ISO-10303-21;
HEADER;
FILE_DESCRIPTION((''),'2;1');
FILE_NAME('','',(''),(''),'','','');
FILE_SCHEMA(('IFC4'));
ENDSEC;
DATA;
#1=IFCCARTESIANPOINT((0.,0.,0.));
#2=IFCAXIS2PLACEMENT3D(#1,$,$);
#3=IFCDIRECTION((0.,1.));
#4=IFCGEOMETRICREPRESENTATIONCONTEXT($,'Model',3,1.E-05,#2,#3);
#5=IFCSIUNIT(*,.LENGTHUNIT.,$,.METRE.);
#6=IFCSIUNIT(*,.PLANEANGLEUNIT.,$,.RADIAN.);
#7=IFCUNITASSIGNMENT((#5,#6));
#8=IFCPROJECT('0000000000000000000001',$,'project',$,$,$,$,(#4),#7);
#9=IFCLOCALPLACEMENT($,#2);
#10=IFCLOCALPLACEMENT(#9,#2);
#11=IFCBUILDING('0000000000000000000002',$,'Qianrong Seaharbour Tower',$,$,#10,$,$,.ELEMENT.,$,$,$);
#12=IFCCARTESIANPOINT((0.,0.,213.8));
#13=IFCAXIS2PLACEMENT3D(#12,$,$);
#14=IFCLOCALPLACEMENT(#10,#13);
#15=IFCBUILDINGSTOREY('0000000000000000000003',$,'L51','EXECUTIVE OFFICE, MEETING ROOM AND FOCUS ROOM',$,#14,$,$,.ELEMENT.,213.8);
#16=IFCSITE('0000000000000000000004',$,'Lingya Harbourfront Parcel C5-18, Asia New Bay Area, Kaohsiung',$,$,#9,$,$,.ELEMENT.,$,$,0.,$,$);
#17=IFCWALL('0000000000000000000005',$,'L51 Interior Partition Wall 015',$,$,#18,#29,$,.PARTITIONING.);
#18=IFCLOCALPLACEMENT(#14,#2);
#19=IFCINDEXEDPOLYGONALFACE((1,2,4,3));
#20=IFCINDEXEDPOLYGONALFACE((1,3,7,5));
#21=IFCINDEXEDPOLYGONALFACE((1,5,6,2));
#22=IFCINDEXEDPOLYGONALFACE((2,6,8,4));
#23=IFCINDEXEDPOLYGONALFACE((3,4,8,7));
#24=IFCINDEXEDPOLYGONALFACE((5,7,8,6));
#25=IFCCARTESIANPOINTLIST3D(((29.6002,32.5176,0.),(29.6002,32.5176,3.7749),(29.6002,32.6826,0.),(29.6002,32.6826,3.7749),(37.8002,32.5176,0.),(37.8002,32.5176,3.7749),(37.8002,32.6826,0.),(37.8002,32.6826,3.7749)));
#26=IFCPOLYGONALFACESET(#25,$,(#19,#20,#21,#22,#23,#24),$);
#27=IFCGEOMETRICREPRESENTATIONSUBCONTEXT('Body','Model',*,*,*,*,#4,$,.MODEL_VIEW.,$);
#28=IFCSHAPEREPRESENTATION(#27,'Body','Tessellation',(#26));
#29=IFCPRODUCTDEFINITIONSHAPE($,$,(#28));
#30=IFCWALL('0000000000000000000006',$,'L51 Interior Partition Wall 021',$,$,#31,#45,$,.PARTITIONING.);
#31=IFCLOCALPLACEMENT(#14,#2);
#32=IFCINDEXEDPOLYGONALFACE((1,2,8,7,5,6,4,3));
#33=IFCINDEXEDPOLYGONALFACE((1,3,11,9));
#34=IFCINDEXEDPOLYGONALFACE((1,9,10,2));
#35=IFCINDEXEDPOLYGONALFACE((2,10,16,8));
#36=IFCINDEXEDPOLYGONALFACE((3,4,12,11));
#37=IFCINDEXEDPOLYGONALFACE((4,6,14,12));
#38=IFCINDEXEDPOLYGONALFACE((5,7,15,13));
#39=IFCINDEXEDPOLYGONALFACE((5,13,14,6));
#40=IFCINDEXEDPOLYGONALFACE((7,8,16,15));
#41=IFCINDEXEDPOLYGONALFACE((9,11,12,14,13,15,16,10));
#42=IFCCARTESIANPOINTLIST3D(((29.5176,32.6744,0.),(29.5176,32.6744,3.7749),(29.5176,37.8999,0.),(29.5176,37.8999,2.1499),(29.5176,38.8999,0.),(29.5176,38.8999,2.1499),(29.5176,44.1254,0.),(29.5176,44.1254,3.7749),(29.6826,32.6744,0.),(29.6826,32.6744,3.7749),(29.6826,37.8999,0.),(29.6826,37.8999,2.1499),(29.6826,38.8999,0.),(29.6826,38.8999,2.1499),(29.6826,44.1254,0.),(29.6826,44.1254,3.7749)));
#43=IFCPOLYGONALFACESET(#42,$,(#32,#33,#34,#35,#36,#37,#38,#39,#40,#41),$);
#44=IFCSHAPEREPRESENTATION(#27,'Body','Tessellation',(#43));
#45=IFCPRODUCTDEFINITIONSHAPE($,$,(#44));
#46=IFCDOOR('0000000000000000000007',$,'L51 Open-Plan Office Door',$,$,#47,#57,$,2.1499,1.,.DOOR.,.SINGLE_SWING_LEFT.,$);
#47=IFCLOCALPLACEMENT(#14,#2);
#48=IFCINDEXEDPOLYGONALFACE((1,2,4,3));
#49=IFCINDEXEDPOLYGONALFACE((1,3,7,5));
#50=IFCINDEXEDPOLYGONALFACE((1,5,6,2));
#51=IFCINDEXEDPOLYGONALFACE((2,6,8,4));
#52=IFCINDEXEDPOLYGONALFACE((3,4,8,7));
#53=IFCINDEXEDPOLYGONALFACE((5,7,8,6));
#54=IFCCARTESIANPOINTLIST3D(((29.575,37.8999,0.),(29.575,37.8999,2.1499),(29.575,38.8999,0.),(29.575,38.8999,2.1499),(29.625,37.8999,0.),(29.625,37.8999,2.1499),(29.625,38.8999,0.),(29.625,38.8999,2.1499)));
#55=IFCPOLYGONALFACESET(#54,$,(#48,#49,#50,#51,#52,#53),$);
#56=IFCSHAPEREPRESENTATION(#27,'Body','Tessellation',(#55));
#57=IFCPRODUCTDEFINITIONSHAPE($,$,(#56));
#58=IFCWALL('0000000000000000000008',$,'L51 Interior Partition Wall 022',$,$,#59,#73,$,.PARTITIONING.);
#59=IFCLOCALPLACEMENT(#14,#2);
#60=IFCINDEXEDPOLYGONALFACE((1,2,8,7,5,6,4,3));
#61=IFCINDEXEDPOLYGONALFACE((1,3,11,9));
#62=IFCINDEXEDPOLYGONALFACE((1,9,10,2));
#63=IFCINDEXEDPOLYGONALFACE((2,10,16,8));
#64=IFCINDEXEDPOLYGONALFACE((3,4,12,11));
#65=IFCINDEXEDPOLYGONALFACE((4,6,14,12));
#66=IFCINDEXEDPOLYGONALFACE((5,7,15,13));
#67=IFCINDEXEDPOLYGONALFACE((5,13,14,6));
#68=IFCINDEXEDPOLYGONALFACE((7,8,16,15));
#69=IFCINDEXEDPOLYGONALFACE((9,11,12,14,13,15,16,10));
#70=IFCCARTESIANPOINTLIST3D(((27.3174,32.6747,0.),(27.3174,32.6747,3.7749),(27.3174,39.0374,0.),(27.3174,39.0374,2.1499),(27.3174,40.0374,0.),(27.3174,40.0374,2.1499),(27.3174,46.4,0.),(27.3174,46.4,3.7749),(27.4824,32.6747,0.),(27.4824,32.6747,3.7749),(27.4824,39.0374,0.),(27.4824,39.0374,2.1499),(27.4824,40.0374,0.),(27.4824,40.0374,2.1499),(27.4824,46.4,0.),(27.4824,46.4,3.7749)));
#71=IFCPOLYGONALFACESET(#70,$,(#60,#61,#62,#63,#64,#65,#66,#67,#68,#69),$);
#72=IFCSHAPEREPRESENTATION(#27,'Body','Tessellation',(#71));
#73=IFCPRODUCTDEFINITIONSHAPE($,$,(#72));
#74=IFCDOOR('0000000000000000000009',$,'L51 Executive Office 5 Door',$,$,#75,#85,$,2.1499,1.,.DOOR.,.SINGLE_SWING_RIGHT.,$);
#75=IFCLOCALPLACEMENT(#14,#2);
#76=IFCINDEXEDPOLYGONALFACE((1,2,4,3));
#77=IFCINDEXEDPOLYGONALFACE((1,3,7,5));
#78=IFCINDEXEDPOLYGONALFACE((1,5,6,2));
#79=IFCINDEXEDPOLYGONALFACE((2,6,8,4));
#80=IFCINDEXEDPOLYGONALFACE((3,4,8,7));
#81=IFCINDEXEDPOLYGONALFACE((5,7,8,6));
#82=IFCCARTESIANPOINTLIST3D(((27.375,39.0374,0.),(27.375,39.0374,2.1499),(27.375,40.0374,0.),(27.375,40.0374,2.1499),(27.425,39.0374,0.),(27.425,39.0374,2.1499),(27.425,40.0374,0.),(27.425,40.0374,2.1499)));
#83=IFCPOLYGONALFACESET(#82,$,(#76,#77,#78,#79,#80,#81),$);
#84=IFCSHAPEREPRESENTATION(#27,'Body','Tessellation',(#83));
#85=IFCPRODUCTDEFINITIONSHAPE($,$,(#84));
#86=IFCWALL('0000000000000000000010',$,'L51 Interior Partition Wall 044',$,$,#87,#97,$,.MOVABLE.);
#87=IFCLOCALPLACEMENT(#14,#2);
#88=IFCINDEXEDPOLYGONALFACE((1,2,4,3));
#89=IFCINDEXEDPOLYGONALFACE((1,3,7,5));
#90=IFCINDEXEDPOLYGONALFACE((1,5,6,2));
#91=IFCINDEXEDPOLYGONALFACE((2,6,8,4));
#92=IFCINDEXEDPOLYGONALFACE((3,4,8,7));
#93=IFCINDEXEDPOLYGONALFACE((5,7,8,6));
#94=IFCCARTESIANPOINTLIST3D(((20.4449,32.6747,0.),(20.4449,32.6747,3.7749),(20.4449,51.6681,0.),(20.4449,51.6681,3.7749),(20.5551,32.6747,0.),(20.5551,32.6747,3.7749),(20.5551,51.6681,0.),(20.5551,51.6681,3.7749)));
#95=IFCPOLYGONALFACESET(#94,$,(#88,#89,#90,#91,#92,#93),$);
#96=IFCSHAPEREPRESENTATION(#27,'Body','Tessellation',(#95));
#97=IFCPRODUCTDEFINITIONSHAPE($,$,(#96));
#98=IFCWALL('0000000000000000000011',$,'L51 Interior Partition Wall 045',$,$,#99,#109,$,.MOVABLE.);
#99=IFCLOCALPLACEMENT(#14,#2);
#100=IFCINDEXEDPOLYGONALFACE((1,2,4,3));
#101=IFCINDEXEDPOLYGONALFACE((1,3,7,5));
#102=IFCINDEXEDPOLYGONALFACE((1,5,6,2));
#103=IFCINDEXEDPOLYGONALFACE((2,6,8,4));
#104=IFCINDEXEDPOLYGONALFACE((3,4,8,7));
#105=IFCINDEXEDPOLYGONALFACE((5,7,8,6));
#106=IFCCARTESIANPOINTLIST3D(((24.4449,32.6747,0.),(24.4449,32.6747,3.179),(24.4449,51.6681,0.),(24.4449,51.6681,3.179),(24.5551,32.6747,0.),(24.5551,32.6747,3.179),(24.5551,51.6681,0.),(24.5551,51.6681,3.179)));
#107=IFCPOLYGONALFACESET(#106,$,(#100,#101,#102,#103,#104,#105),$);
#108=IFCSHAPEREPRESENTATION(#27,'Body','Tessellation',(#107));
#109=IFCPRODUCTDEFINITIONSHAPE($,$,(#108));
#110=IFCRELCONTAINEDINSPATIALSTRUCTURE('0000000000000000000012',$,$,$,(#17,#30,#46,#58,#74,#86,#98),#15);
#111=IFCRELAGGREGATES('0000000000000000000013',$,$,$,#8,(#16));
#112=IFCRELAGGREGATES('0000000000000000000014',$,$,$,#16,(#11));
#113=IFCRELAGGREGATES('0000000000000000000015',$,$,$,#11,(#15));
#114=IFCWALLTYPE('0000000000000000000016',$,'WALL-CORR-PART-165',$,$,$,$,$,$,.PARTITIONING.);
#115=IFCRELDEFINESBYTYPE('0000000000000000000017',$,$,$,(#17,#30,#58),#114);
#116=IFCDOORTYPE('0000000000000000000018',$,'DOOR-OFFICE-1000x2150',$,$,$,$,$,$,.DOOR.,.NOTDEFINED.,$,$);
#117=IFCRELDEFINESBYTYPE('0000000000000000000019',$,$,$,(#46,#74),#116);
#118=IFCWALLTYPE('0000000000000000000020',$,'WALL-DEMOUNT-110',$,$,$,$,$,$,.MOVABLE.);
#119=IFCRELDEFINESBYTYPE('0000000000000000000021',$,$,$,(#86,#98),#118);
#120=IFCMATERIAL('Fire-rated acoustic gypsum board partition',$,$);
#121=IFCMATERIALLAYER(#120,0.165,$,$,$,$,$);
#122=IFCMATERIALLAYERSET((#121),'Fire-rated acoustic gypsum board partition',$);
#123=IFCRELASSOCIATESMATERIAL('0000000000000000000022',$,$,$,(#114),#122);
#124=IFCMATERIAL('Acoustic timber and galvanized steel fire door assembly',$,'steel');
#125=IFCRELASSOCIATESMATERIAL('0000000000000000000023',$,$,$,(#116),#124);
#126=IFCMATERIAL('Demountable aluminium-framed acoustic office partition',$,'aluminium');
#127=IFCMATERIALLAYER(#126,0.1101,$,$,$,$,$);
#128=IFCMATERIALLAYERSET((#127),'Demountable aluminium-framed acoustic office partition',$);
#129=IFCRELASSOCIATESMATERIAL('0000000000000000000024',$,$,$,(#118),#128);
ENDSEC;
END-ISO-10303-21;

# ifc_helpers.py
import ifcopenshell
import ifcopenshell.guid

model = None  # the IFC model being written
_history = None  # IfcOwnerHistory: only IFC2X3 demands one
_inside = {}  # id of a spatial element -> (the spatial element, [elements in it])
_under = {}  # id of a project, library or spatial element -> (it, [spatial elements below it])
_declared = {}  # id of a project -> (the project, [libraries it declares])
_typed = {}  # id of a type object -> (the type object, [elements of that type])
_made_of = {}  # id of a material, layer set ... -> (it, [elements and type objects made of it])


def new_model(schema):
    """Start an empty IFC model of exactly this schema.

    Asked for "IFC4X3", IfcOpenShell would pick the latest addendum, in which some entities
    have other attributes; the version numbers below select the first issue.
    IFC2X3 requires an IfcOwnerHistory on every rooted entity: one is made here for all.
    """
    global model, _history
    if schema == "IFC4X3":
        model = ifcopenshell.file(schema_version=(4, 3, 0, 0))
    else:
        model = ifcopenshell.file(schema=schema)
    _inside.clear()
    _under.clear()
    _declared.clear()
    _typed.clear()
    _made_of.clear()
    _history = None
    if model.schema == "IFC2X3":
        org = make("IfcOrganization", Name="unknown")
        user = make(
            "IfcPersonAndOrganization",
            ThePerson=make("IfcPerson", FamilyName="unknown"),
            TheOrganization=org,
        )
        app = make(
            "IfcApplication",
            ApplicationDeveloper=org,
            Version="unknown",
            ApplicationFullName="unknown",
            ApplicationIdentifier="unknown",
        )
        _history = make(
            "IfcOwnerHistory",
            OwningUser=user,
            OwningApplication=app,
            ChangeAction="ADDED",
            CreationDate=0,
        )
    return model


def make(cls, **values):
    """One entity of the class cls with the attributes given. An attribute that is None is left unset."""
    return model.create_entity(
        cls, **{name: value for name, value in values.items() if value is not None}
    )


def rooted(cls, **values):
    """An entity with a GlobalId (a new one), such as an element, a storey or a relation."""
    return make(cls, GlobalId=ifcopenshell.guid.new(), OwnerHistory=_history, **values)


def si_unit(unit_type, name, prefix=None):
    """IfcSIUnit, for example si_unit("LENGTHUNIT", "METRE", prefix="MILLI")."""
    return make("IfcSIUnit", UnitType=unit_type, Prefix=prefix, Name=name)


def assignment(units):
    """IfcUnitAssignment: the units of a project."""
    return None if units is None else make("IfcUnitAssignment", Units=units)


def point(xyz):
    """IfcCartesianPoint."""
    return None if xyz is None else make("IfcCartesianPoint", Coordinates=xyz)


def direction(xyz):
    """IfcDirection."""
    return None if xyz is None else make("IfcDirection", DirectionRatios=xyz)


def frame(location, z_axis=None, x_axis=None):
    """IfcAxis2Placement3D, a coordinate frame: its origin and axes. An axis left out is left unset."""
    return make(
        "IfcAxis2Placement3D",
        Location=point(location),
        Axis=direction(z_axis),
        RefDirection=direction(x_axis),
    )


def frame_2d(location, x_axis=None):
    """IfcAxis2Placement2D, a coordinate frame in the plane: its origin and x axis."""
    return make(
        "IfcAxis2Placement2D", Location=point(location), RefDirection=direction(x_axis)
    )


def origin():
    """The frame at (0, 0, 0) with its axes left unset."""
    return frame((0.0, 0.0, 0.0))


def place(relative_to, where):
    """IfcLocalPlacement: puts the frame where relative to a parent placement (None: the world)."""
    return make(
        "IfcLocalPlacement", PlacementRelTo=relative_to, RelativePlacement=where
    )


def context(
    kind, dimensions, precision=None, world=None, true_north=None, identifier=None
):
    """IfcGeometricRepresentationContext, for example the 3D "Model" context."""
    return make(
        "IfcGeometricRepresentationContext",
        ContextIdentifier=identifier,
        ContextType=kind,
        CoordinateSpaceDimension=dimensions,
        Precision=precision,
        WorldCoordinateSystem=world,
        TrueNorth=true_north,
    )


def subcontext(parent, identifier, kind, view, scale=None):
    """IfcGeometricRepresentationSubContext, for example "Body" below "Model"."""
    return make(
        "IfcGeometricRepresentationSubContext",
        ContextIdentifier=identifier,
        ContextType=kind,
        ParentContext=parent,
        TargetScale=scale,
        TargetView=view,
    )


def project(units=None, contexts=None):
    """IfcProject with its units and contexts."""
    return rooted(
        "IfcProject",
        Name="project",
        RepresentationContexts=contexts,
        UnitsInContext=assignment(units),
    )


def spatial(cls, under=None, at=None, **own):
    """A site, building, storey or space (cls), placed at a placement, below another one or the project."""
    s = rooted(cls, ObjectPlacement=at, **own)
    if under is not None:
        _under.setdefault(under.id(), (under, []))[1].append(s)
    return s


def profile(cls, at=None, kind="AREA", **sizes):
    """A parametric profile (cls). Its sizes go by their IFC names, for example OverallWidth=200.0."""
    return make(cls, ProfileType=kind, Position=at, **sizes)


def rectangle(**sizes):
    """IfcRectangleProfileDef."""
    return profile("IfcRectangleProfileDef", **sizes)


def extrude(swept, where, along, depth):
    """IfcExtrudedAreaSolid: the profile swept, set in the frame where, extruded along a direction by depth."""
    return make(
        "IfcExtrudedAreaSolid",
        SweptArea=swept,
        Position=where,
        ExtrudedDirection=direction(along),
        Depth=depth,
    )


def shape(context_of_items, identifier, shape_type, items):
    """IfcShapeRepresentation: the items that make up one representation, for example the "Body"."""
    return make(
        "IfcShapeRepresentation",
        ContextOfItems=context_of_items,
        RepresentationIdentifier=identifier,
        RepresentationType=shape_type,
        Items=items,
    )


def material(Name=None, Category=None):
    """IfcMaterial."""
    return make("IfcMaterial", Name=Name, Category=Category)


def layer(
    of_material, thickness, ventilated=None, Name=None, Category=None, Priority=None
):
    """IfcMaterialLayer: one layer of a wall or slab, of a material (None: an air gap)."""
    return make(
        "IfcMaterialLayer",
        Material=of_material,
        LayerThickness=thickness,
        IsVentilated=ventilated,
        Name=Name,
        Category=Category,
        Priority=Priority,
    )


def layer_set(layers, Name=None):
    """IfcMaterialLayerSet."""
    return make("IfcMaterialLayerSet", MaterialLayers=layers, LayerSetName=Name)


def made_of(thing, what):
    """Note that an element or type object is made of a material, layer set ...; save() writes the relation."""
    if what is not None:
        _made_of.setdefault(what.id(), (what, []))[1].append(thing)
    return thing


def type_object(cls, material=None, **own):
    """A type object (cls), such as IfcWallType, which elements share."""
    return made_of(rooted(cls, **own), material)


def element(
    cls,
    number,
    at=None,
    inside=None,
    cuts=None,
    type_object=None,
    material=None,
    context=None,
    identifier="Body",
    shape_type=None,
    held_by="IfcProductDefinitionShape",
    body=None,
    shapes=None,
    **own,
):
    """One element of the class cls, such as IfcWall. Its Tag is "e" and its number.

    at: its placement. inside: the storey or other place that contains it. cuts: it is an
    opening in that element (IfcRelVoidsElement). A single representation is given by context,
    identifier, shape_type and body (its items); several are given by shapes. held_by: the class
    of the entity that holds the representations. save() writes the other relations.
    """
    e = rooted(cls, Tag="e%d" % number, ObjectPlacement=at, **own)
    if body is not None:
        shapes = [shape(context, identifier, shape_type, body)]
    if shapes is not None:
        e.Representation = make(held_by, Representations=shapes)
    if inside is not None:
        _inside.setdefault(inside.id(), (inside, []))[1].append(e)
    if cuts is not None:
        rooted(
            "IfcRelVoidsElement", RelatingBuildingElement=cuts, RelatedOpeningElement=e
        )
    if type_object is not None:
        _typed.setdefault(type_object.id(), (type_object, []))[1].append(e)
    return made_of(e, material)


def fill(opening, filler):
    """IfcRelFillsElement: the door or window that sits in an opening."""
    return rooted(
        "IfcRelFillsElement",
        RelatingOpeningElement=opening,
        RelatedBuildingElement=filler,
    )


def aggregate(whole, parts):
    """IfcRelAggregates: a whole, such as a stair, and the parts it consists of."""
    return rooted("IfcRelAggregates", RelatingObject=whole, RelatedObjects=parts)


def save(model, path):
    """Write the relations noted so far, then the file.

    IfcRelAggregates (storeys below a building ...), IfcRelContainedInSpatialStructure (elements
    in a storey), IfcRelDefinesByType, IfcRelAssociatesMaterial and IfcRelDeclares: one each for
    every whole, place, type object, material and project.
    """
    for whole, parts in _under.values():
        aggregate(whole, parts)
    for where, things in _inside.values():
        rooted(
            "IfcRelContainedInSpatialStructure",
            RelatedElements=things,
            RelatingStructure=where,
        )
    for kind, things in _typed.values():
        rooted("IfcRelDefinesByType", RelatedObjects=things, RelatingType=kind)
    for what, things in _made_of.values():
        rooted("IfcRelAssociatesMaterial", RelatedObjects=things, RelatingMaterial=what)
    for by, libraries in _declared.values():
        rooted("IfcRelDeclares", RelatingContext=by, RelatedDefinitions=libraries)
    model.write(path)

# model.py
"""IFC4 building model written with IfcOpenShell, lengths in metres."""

from ifc_helpers import new_model, si_unit, direction, frame, frame_2d, origin, place, context, subcontext, project, spatial, rectangle, extrude, material, layer, layer_set, type_object, element, fill, save


model = new_model("IFC4")

# Units and contexts
model_context = context("Model", 3, precision=1e-05, world=origin(), true_north=direction((0.0, 1.0)))
body_context = subcontext(model_context, "Body", "Model", "MODEL_VIEW")
ifc_project = project(units=[si_unit("LENGTHUNIT", "METRE"), si_unit("PLANEANGLEUNIT", "RADIAN")], contexts=[model_context])

# Site, building, storey
site_placement = place(None, origin())
site = spatial("IfcSite", under=ifc_project, at=site_placement, Name="Lingya Harbourfront Parcel C5-18, Asia New Bay Area, Kaohsiung", CompositionType="ELEMENT", RefElevation=0.0)
building_placement = place(site_placement, origin())
building = spatial("IfcBuilding", under=site, at=building_placement, Name="Qianrong Seaharbour Tower", CompositionType="ELEMENT")
storey_placement = place(building_placement, frame((0.0, 0.0, 213.8)))
storey = spatial("IfcBuildingStorey", under=building, at=storey_placement, Name="L51", Description="EXECUTIVE OFFICE, MEETING ROOM AND FOCUS ROOM", CompositionType="ELEMENT", Elevation=213.8)

# Wall
ifc_material_1 = material(Name="Fire-rated acoustic gypsum board partition")
ifc_layer_1 = layer(ifc_material_1, 0.165)
ifc_layer_set_1 = layer_set([ifc_layer_1], Name="Fire-rated acoustic gypsum board partition")
wall_type_1 = type_object("IfcWallType", Name="WALL-CORR-PART-165", PredefinedType="PARTITIONING", material=ifc_layer_set_1)
wall_1_placement = place(storey_placement, frame((29.6001, 32.6001, 0.0), z_axis=(0.0, 0.0, 1.0), x_axis=(1.0, 0.0, 0.0)))
element("IfcWall", 1, at=wall_1_placement, inside=storey, type_object=wall_type_1, Name="L51 Interior Partition Wall 015", PredefinedType="PARTITIONING", context=body_context, shape_type="SweptSolid", body=[
    extrude(rectangle(XDim=8.2, YDim=0.165, at=frame_2d((4.1001, 0.0))), origin(), (0.0, 0.0, 1.0), 3.7749),
])

# Walls, openings, doors
wall_2_placement = place(storey_placement, frame((29.6001, 44.1255, 0.0), z_axis=(0.0, 0.0, 1.0), x_axis=(0.0, -1.0, 0.0)))
wall_2 = element("IfcWall", 2, at=wall_2_placement, inside=storey, type_object=wall_type_1, Name="L51 Interior Partition Wall 021", PredefinedType="PARTITIONING", context=body_context, shape_type="SweptSolid", body=[
    extrude(rectangle(XDim=11.4509, YDim=0.165, at=frame_2d((5.7256, 0.0))), origin(), (0.0, 0.0, 1.0), 3.7749),
])
opening_1_placement = place(wall_2_placement, frame((5.2256, 0.0, 0.0)))
opening_1 = element("IfcOpeningElement", 3, at=opening_1_placement, cuts=wall_2, PredefinedType="OPENING", context=body_context, shape_type="SweptSolid", body=[
    extrude(rectangle(XDim=1.0, YDim=2.1499, at=frame_2d((0.5, 1.075))), frame((0.0, 0.0925, 0.0), z_axis=(0.0, -1.0, 0.0), x_axis=(1.0, 0.0, 0.0)), (0.0, 0.0, 1.0), 0.1851),
])
ifc_material_2 = material(Name="Acoustic timber and galvanized steel fire door assembly", Category="steel")
door_type = type_object("IfcDoorType", Name="DOOR-OFFICE-1000x2150", OperationType="NOTDEFINED", PredefinedType="DOOR", material=ifc_material_2)
door_1_placement = place(opening_1_placement, origin())
door_1 = element("IfcDoor", 4, at=door_1_placement, inside=storey, type_object=door_type, Name="L51 Open-Plan Office Door", OperationType="SINGLE_SWING_LEFT", OverallHeight=2.1499, OverallWidth=1.0, PredefinedType="DOOR", context=body_context, shape_type="SweptSolid", body=[
    extrude(rectangle(XDim=1.0, YDim=2.1499, at=frame_2d((0.5, 1.075))), frame((0.0, 0.0249, 0.0), z_axis=(0.0, -1.0, 0.0), x_axis=(1.0, 0.0, 0.0)), (0.0, 0.0, 1.0), 0.05),
])
fill(opening_1, door_1)
wall_3_placement = place(storey_placement, frame((27.3999, 32.6746, 0.0), z_axis=(0.0, 0.0, 1.0), x_axis=(0.0, 1.0, 0.0)))
wall_3 = element("IfcWall", 5, at=wall_3_placement, inside=storey, type_object=wall_type_1, Name="L51 Interior Partition Wall 022", PredefinedType="PARTITIONING", context=body_context, shape_type="SweptSolid", body=[
    extrude(rectangle(XDim=13.7253, YDim=0.165, at=frame_2d((6.8628, 0.0))), origin(), (0.0, 0.0, 1.0), 3.7749),
])
opening_2_placement = place(wall_3_placement, frame((6.3628, 0.0, 0.0)))
opening_2 = element("IfcOpeningElement", 6, at=opening_2_placement, cuts=wall_3, PredefinedType="OPENING", context=body_context, shape_type="SweptSolid", body=[
    extrude(rectangle(XDim=1.0, YDim=2.1499, at=frame_2d((0.5, 1.075))), frame((0.0, 0.0925, 0.0), z_axis=(0.0, -1.0, 0.0), x_axis=(1.0, 0.0, 0.0)), (0.0, 0.0, 1.0), 0.1851),
])
door_2_placement = place(opening_2_placement, origin())
door_2 = element("IfcDoor", 7, at=door_2_placement, inside=storey, type_object=door_type, Name="L51 Executive Office 5 Door", OperationType="SINGLE_SWING_RIGHT", OverallHeight=2.1499, OverallWidth=1.0, PredefinedType="DOOR", context=body_context, shape_type="SweptSolid", body=[
    extrude(rectangle(XDim=1.0, YDim=2.1499, at=frame_2d((0.5, 1.075))), frame((0.0, 0.0249, 0.0), z_axis=(0.0, -1.0, 0.0), x_axis=(1.0, 0.0, 0.0)), (0.0, 0.0, 1.0), 0.05),
])
fill(opening_2, door_2)

# Walls
ifc_material_3 = material(Name="Demountable aluminium-framed acoustic office partition", Category="aluminium")
ifc_layer_2 = layer(ifc_material_3, 0.1101)
ifc_layer_set_2 = layer_set([ifc_layer_2], Name="Demountable aluminium-framed acoustic office partition")
wall_type_2 = type_object("IfcWallType", Name="WALL-DEMOUNT-110", PredefinedType="MOVABLE", material=ifc_layer_set_2)
wall_4_placement = place(storey_placement, frame((20.5, 51.668, 0.0), z_axis=(0.0, 0.0, 1.0), x_axis=(0.0, -1.0, 0.0)))
element("IfcWall", 8, at=wall_4_placement, inside=storey, type_object=wall_type_2, Name="L51 Interior Partition Wall 044", PredefinedType="MOVABLE", context=body_context, shape_type="SweptSolid", body=[
    extrude(rectangle(XDim=18.9934, YDim=0.1101, at=frame_2d((9.4966, 0.0))), origin(), (0.0, 0.0, 1.0), 3.7749),
])
wall_5_placement = place(storey_placement, frame((24.5, 51.668, 0.0), z_axis=(0.0, 0.0, 1.0), x_axis=(0.0, -1.0, 0.0)))
element("IfcWall", 9, at=wall_5_placement, inside=storey, type_object=wall_type_2, Name="L51 Interior Partition Wall 045", PredefinedType="MOVABLE", context=body_context, shape_type="SweptSolid", body=[
    extrude(rectangle(XDim=18.9934, YDim=0.1101, at=frame_2d((9.4966, 0.0))), origin(), (0.0, 0.0, 1.0), 3.179),
])

save(model, "model.ifc")
